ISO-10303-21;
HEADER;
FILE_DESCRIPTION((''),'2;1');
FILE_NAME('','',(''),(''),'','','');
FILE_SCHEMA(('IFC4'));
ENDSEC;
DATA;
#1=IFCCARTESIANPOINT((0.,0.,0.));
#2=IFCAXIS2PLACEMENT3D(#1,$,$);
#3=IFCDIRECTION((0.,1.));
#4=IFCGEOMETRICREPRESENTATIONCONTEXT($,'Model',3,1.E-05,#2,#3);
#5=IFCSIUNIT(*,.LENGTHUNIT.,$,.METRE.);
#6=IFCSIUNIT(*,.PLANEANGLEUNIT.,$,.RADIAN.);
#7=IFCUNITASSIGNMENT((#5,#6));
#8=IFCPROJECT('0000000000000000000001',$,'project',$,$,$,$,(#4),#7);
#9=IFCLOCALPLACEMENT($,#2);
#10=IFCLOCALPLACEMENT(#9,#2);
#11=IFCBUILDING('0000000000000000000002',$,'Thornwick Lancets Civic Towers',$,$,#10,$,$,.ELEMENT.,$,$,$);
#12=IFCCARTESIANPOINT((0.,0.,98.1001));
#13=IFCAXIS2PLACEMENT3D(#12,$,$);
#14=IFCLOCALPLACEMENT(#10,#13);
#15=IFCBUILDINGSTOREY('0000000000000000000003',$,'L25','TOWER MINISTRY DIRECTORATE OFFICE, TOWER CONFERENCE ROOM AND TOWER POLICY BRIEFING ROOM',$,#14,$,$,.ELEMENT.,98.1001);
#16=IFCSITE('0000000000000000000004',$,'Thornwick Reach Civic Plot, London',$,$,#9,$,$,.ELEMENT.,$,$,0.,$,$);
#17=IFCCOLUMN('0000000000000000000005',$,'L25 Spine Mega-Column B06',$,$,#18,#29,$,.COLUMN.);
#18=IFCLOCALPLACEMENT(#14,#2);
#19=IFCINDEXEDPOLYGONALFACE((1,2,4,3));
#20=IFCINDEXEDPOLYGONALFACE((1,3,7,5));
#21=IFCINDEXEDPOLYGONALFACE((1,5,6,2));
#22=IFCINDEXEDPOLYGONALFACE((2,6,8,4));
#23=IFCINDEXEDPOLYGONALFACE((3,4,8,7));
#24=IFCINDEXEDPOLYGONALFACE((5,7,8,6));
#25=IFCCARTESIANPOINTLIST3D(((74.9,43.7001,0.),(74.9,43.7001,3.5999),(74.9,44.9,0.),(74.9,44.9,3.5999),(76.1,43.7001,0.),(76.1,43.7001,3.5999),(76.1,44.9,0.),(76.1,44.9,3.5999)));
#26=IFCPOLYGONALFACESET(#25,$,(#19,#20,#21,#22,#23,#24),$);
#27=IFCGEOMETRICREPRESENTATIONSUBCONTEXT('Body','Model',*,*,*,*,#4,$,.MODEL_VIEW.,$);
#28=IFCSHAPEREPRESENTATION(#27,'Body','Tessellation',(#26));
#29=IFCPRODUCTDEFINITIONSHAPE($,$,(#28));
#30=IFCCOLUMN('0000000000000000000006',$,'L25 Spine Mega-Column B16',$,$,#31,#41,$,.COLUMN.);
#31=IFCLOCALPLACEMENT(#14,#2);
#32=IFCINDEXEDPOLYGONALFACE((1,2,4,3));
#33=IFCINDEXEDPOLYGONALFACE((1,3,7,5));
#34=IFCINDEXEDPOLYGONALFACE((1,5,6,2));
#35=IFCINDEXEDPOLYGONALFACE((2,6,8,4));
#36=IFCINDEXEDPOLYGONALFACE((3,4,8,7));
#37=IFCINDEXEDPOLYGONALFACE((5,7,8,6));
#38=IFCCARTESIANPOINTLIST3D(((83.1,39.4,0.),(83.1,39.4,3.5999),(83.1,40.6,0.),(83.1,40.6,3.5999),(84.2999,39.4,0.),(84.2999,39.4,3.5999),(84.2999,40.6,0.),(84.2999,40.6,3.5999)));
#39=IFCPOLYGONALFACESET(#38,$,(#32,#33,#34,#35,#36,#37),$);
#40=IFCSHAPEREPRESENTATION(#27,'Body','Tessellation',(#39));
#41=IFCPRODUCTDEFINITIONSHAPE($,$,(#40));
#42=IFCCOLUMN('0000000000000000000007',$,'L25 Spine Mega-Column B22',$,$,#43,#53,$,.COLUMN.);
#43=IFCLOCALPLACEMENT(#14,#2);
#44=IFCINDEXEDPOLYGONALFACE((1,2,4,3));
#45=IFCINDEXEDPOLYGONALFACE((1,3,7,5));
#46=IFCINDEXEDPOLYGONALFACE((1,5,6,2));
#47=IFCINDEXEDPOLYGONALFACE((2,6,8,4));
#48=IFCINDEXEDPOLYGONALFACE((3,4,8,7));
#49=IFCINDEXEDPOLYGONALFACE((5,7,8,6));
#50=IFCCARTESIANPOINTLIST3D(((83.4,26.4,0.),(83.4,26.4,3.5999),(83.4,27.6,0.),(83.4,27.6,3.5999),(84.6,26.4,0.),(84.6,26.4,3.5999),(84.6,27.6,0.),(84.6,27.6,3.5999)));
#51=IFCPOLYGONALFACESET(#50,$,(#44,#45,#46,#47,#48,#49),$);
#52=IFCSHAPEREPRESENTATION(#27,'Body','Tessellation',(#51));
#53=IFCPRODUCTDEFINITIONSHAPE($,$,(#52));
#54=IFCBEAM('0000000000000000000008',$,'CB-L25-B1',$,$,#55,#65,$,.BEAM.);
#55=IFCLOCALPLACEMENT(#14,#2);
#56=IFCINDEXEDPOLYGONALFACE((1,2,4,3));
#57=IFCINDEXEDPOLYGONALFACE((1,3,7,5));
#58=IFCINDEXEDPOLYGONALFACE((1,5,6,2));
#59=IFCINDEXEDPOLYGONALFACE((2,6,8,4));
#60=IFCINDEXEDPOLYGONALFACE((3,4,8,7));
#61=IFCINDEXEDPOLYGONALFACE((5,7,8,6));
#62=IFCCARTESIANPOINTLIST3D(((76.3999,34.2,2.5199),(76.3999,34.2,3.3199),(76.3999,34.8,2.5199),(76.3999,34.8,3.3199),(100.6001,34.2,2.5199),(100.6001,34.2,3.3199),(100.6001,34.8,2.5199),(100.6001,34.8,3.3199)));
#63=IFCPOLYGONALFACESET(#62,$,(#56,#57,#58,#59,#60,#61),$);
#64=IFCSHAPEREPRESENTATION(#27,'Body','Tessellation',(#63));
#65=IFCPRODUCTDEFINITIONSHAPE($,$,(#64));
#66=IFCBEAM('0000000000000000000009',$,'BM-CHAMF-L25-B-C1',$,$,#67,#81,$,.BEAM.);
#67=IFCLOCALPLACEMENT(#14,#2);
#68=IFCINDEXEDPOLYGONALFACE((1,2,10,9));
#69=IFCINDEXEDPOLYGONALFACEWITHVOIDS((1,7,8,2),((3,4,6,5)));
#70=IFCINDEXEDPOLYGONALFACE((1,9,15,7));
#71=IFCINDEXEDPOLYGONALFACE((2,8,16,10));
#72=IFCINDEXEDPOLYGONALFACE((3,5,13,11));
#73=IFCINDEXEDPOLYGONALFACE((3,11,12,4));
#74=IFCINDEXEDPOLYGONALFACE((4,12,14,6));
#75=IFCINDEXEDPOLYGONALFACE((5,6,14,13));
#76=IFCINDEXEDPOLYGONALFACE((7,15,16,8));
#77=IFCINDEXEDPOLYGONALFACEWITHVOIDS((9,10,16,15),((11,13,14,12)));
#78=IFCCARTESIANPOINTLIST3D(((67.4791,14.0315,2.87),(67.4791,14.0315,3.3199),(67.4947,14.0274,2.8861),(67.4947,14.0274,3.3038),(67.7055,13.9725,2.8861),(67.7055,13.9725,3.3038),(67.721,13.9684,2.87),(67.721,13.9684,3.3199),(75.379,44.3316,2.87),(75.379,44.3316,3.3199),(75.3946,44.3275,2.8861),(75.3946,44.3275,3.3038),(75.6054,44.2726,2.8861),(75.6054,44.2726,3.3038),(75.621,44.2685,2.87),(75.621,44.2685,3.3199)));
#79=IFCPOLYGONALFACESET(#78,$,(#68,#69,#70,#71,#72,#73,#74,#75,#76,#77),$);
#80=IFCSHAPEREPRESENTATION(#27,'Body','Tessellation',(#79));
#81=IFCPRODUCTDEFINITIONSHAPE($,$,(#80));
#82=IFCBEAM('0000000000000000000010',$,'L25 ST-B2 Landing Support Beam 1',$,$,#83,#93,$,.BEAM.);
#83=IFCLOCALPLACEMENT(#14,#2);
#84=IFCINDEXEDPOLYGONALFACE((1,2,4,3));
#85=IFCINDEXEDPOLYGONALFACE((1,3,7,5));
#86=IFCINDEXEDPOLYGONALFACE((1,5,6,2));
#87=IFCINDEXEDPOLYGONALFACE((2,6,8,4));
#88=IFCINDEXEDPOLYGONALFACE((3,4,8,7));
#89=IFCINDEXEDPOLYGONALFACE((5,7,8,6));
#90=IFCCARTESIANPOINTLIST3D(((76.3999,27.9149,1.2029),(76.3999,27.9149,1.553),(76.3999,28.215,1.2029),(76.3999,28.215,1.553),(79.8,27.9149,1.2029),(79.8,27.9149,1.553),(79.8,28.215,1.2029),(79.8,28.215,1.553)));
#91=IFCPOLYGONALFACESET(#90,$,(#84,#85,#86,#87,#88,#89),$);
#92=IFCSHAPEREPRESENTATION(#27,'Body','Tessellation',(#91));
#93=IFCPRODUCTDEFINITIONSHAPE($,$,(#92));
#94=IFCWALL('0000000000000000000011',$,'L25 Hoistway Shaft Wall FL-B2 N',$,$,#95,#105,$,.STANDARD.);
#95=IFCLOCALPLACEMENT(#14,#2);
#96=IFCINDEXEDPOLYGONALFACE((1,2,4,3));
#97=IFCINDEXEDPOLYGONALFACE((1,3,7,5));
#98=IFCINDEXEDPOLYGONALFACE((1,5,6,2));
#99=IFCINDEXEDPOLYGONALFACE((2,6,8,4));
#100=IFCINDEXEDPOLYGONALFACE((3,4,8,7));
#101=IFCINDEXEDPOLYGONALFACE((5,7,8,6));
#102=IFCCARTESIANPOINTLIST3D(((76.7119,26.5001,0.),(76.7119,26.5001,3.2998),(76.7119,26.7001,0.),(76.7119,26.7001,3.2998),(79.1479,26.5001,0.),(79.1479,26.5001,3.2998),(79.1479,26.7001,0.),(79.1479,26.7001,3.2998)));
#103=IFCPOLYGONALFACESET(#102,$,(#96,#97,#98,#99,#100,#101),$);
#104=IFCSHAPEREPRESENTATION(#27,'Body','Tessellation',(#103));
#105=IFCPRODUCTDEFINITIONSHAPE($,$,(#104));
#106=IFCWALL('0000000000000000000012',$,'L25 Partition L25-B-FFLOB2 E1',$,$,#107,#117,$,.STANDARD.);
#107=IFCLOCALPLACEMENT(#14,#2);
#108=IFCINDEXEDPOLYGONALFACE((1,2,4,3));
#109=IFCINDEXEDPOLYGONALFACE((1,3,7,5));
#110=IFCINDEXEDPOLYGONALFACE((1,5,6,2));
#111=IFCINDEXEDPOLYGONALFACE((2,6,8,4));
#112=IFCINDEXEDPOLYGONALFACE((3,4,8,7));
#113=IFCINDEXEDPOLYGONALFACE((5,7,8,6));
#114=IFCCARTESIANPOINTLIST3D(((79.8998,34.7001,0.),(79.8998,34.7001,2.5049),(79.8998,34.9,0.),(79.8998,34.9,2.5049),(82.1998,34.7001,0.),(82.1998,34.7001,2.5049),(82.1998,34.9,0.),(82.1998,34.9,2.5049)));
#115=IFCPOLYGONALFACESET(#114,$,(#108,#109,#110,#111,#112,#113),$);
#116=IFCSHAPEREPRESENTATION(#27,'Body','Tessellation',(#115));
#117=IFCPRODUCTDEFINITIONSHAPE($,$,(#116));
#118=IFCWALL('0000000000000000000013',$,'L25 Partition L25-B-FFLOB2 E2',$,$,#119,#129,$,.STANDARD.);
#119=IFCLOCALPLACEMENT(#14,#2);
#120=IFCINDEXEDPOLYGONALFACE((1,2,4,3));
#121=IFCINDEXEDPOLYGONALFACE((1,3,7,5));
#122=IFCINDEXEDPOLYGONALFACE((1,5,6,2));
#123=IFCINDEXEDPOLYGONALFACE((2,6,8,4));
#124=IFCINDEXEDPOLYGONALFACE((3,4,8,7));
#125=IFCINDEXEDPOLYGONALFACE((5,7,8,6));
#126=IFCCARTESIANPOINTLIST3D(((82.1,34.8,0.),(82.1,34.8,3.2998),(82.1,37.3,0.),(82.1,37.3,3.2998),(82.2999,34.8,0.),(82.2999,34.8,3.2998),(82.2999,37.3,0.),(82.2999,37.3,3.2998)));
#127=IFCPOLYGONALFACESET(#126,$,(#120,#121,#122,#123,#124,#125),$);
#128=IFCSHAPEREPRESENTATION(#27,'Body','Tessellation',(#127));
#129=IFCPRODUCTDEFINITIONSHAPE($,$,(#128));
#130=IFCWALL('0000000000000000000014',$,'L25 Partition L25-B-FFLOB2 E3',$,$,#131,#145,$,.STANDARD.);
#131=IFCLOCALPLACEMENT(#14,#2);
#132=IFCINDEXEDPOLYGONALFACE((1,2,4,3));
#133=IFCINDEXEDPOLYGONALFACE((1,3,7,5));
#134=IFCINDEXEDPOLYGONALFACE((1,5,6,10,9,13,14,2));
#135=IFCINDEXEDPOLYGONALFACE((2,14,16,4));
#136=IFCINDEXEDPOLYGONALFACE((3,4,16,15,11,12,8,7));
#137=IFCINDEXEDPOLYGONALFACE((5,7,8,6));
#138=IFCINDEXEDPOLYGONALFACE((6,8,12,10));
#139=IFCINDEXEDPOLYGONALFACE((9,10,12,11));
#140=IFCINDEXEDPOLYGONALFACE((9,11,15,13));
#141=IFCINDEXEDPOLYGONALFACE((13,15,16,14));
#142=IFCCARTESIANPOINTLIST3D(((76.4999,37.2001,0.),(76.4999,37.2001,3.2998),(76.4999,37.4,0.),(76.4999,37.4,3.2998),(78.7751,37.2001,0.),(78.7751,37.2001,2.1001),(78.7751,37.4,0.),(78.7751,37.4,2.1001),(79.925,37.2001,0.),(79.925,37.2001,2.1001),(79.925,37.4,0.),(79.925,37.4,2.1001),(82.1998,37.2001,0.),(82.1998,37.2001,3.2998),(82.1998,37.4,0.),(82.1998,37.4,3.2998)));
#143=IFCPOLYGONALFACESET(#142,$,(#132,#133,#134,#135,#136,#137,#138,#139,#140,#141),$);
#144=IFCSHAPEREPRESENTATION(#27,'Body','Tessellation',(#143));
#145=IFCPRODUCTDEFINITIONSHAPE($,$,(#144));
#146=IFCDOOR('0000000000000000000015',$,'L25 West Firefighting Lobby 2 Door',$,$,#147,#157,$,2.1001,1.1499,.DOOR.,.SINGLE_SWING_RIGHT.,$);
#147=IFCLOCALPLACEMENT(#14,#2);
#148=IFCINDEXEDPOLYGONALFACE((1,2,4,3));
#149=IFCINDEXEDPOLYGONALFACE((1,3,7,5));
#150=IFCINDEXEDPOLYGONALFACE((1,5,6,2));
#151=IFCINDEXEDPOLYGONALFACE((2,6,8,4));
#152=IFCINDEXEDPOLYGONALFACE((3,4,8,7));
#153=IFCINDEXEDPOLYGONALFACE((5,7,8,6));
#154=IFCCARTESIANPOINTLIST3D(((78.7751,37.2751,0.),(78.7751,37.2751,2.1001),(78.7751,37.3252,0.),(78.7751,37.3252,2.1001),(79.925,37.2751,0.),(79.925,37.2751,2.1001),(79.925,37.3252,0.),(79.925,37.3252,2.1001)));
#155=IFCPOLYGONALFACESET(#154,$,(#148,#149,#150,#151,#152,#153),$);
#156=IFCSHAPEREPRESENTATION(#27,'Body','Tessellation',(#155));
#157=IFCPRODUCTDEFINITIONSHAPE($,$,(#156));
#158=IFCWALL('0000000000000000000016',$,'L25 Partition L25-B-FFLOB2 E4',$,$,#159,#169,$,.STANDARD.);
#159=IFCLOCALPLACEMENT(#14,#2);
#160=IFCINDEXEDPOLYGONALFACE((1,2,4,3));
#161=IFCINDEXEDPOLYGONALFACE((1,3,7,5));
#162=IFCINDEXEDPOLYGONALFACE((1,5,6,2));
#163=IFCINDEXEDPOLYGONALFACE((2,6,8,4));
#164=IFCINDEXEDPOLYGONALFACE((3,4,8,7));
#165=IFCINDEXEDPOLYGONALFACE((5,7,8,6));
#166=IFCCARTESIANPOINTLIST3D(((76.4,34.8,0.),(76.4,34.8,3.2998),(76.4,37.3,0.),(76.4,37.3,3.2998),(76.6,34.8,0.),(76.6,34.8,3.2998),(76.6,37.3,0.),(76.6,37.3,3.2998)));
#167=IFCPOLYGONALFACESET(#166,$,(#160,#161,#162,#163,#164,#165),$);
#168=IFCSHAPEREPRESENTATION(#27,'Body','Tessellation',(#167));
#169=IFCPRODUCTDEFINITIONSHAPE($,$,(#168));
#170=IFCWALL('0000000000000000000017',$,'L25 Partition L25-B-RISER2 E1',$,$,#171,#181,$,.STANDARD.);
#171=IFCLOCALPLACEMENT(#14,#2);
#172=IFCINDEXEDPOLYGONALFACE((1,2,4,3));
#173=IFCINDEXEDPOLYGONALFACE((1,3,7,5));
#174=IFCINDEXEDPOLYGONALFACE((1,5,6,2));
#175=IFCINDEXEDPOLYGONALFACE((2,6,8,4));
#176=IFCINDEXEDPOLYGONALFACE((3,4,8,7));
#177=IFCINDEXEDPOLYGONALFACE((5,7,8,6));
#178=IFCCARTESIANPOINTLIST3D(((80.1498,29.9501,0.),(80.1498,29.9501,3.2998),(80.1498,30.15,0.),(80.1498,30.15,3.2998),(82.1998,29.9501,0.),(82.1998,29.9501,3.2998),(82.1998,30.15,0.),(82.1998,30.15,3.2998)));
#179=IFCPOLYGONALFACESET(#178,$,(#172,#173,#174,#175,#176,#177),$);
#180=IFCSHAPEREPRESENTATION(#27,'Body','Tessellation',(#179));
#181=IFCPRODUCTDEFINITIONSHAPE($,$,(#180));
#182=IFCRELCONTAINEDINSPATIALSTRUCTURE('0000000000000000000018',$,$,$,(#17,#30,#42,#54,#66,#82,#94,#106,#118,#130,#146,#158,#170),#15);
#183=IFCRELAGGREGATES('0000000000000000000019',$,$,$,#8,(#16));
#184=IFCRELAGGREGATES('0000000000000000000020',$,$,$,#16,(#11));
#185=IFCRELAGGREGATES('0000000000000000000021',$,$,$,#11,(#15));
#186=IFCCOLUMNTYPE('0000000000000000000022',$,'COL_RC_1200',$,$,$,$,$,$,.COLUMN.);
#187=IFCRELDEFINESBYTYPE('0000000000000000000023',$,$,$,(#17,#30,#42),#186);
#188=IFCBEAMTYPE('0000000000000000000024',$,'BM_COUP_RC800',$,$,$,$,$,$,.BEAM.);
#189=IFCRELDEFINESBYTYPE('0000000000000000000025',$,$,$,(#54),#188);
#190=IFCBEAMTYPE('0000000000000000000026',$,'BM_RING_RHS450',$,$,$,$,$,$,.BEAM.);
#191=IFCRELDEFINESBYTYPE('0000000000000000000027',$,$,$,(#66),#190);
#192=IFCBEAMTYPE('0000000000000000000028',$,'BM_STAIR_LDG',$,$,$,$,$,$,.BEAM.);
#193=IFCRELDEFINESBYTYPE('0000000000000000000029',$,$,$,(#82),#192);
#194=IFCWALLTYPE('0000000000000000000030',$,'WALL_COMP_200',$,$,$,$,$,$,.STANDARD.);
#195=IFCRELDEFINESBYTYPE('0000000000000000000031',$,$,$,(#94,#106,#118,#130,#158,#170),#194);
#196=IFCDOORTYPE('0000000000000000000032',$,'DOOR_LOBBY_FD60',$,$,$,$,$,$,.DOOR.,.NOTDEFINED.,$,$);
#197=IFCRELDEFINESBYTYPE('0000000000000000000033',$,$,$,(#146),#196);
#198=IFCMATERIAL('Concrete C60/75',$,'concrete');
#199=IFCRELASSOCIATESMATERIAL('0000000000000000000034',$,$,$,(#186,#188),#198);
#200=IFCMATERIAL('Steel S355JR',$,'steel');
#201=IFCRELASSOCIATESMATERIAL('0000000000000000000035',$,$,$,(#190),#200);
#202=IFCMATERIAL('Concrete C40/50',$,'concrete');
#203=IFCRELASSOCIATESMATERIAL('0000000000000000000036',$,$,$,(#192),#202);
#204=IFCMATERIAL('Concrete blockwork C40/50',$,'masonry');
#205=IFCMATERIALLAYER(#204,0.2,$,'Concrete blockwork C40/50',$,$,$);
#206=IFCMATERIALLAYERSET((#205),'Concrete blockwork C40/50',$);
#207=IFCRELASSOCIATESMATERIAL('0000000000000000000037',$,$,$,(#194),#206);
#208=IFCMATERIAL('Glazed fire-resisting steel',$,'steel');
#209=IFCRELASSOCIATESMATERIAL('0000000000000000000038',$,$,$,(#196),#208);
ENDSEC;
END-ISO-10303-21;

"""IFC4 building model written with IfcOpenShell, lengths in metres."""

from ifc_helpers import new_model, si_unit, direction, frame, frame_2d, origin, origin_2d, place, context, subcontext, project, spatial, rectangle, hollow_rectangle, extrude, material, layer, layer_set, material_profile, profile_set, type_object, element, fill, save


model = new_model("IFC4")

# Units and contexts
model_context = context("Model", 3, precision=1e-05, world=origin(), true_north=direction((0.0, 1.0)))
body_context = subcontext(model_context, "Body", "Model", "MODEL_VIEW")
ifc_project = project(units=[si_unit("LENGTHUNIT", "METRE"), si_unit("PLANEANGLEUNIT", "RADIAN")], contexts=[model_context])

# Site, building, storey
site_placement = place(None, origin())
site = spatial("IfcSite", under=ifc_project, at=site_placement, Name="Thornwick Reach Civic Plot, London", CompositionType="ELEMENT", RefElevation=0.0)
building_placement = place(site_placement, origin())
building = spatial("IfcBuilding", under=site, at=building_placement, Name="Thornwick Lancets Civic Towers", CompositionType="ELEMENT")
storey_placement = place(building_placement, frame((0.0, 0.0, 98.1001)))
storey = spatial("IfcBuildingStorey", under=building, at=storey_placement, Name="L25", Description="TOWER MINISTRY DIRECTORATE OFFICE, TOWER CONFERENCE ROOM AND TOWER POLICY BRIEFING ROOM", CompositionType="ELEMENT", Elevation=98.1001)

# Columns
ifc_material_1 = material(Name="Concrete C60/75", Category="concrete")
ifc_material_profile_1 = material_profile(ifc_material_1, rectangle(XDim=1.2, YDim=1.2, at=origin_2d()), Name="RC 1200x1200")
ifc_profile_set_1 = profile_set([ifc_material_profile_1], Name="Concrete C60/75")
column_type = type_object("IfcColumnType", Name="COL_RC_1200", PredefinedType="COLUMN", material=ifc_profile_set_1)
for number, where, z_axis, x_axis, name in (
    (1, (75.5, 44.3, 0.0), (0.0, 0.0, 1.0), (1.0, 0.0, 0.0), "L25 Spine Mega-Column B06"),
    (2, (83.7, 40.0, 0.0), (0.0, 0.0, 1.0), (1.0, 0.0, 0.0), "L25 Spine Mega-Column B16"),
    (3, (84.0, 27.0, 0.0), (0.0, 0.0, 1.0), (1.0, 0.0, 0.0), "L25 Spine Mega-Column B22"),
):
    element("IfcColumn", number, at=place(storey_placement, frame(where, z_axis=z_axis, x_axis=x_axis)), inside=storey, type_object=column_type, Name=name, PredefinedType="COLUMN", context=body_context, shape_type="SweptSolid", body=[
        extrude(rectangle(XDim=1.2, YDim=1.2, at=origin_2d()), origin(), (0.0, 0.0, 1.0), 3.5999),
    ])

# Beams
ifc_material_profile_2 = material_profile(ifc_material_1, rectangle(XDim=0.6001, YDim=0.8, at=origin_2d()), Name="RC 600x800")
ifc_profile_set_2 = profile_set([ifc_material_profile_2], Name="Concrete C60/75")
beam_type_1 = type_object("IfcBeamType", Name="BM_COUP_RC800", PredefinedType="BEAM", material=ifc_profile_set_2)
beam_1_placement = place(storey_placement, frame((76.3999, 34.5, 2.9199), z_axis=(1.0, 0.0, 0.0), x_axis=(0.0, 1.0, 0.0)))
element("IfcBeam", 4, at=beam_1_placement, inside=storey, type_object=beam_type_1, Name="CB-L25-B1", PredefinedType="BEAM", context=body_context, shape_type="SweptSolid", body=[
    extrude(rectangle(XDim=0.6001, YDim=0.8, at=origin_2d()), origin(), (0.0, 0.0, 1.0), 24.2002),
])
ifc_material_2 = material(Name="Steel S355JR", Category="steel")
ifc_material_profile_3 = material_profile(ifc_material_2, hollow_rectangle(XDim=0.25, YDim=0.45, WallThickness=0.0161, at=origin_2d()), Name="RHS 450x250x16")
ifc_profile_set_3 = profile_set([ifc_material_profile_3], Name="Steel S355JR")
beam_type_2 = type_object("IfcBeamType", Name="BM_RING_RHS450", PredefinedType="BEAM", material=ifc_profile_set_3)
beam_2_placement = place(storey_placement, frame((75.5, 44.3, 3.095), z_axis=(-0.252289, -0.967652, 0.0), x_axis=(0.967652, -0.252289, 0.0)))
element("IfcBeam", 5, at=beam_2_placement, inside=storey, type_object=beam_type_2, Name="BM-CHAMF-L25-B-C1", PredefinedType="BEAM", context=body_context, shape_type="SweptSolid", body=[
    extrude(hollow_rectangle(XDim=0.25, YDim=0.45, WallThickness=0.0161, at=origin_2d()), origin(), (0.0, 0.0, 1.0), 31.313),
])
ifc_material_3 = material(Name="Concrete C40/50", Category="concrete")
ifc_material_profile_4 = material_profile(ifc_material_3, rectangle(XDim=0.3, YDim=0.3501, at=origin_2d()), Name="RC 300x350")
ifc_profile_set_4 = profile_set([ifc_material_profile_4], Name="Concrete C40/50")
beam_type_3 = type_object("IfcBeamType", Name="BM_STAIR_LDG", PredefinedType="BEAM", material=ifc_profile_set_4)
beam_3_placement = place(storey_placement, frame((76.3999, 28.0649, 1.3779), z_axis=(1.0, 0.0, 0.0), x_axis=(0.0, 1.0, 0.0)))
element("IfcBeam", 6, at=beam_3_placement, inside=storey, type_object=beam_type_3, Name="L25 ST-B2 Landing Support Beam 1", PredefinedType="BEAM", context=body_context, shape_type="SweptSolid", body=[
    extrude(rectangle(XDim=0.3, YDim=0.3501, at=origin_2d()), origin(), (0.0, 0.0, 1.0), 3.4001),
])

# Walls
ifc_material_4 = material(Name="Concrete blockwork C40/50", Category="masonry")
ifc_layer_1 = layer(ifc_material_4, 0.2, Name="Concrete blockwork C40/50")
ifc_layer_set_1 = layer_set([ifc_layer_1], Name="Concrete blockwork C40/50")
wall_type_1 = type_object("IfcWallType", Name="WALL_COMP_200", PredefinedType="STANDARD", material=ifc_layer_set_1)
wall_1_placement = place(storey_placement, frame((76.7119, 26.6001, 0.0), z_axis=(0.0, 0.0, 1.0), x_axis=(1.0, 0.0, 0.0)))
element("IfcWall", 7, at=wall_1_placement, inside=storey, type_object=wall_type_1, Name="L25 Hoistway Shaft Wall FL-B2 N", PredefinedType="STANDARD", context=body_context, shape_type="SweptSolid", body=[
    extrude(rectangle(XDim=2.436, YDim=0.2, at=frame_2d((1.218, 0.0))), origin(), (0.0, 0.0, 1.0), 3.2998),
])
wall_2_placement = place(storey_placement, frame((79.8999, 34.8, 0.0), z_axis=(0.0, 0.0, 1.0), x_axis=(1.0, 0.0, 0.0)))
element("IfcWall", 8, at=wall_2_placement, inside=storey, type_object=wall_type_1, Name="L25 Partition L25-B-FFLOB2 E1", PredefinedType="STANDARD", context=body_context, shape_type="SweptSolid", body=[
    extrude(rectangle(XDim=2.3, YDim=0.2, at=frame_2d((1.1499, 0.0))), origin(), (0.0, 0.0, 1.0), 2.5049),
])
wall_3_placement = place(storey_placement, frame((82.2, 34.8, 0.0), z_axis=(0.0, 0.0, 1.0), x_axis=(0.0, 1.0, 0.0)))
element("IfcWall", 9, at=wall_3_placement, inside=storey, type_object=wall_type_1, Name="L25 Partition L25-B-FFLOB2 E2", PredefinedType="STANDARD", context=body_context, shape_type="SweptSolid", body=[
    extrude(rectangle(XDim=2.5, YDim=0.2, at=frame_2d((1.25, 0.0))), origin(), (0.0, 0.0, 1.0), 3.2998),
])

# Wall, opening, door
wall_4_placement = place(storey_placement, frame((82.2, 37.3, 0.0), z_axis=(0.0, 0.0, 1.0), x_axis=(-1.0, 0.0, 0.0)))
wall_4 = element("IfcWall", 10, at=wall_4_placement, inside=storey, type_object=wall_type_1, Name="L25 Partition L25-B-FFLOB2 E3", PredefinedType="STANDARD", context=body_context, shape_type="SweptSolid", body=[
    extrude(rectangle(XDim=5.7, YDim=0.2, at=frame_2d((2.8501, 0.0))), origin(), (0.0, 0.0, 1.0), 3.2998),
])
opening_1_placement = place(wall_4_placement, frame((2.2749, 0.0, 0.0)))
opening_1 = element("IfcOpeningElement", 11, at=opening_1_placement, cuts=wall_4, PredefinedType="OPENING", context=body_context, shape_type="SweptSolid", body=[
    extrude(rectangle(XDim=1.1499, YDim=2.1001, at=frame_2d((0.575, 1.05))), frame((0.0, 0.1099, 0.0), z_axis=(0.0, -1.0, 0.0), x_axis=(1.0, 0.0, 0.0)), (0.0, 0.0, 1.0), 0.22),
])
ifc_material_5 = material(Name="Glazed fire-resisting steel", Category="steel")
door_type_1 = type_object("IfcDoorType", Name="DOOR_LOBBY_FD60", OperationType="NOTDEFINED", PredefinedType="DOOR", material=ifc_material_5)
door_1_placement = place(opening_1_placement, origin())
door_1 = element("IfcDoor", 12, at=door_1_placement, inside=storey, type_object=door_type_1, Name="L25 West Firefighting Lobby 2 Door", OperationType="SINGLE_SWING_RIGHT", OverallHeight=2.1001, OverallWidth=1.1499, PredefinedType="DOOR", context=body_context, shape_type="SweptSolid", body=[
    extrude(rectangle(XDim=1.1499, YDim=2.1001, at=frame_2d((0.575, 1.05))), frame((0.0, 0.0249, 0.0), z_axis=(0.0, -1.0, 0.0), x_axis=(1.0, 0.0, 0.0)), (0.0, 0.0, 1.0), 0.05),
])
fill(opening_1, door_1)

# Walls
wall_5_placement = place(storey_placement, frame((76.5, 37.3, 0.0), z_axis=(0.0, 0.0, 1.0), x_axis=(0.0, -1.0, 0.0)))
element("IfcWall", 13, at=wall_5_placement, inside=storey, type_object=wall_type_1, Name="L25 Partition L25-B-FFLOB2 E4", PredefinedType="STANDARD", context=body_context, shape_type="SweptSolid", body=[
    extrude(rectangle(XDim=2.5, YDim=0.2, at=frame_2d((1.25, 0.0))), origin(), (0.0, 0.0, 1.0), 3.2998),
])
wall_6_placement = place(storey_placement, frame((80.1499, 30.05, 0.0), z_axis=(0.0, 0.0, 1.0), x_axis=(1.0, 0.0, 0.0)))
element("IfcWall", 14, at=wall_6_placement, inside=storey, type_object=wall_type_1, Name="L25 Partition L25-B-RISER2 E1", PredefinedType="STANDARD", context=body_context, shape_type="SweptSolid", body=[
    extrude(rectangle(XDim=2.05, YDim=0.2, at=frame_2d((1.0249, 0.0))), origin(), (0.0, 0.0, 1.0), 3.2998),
])

save(model, "model.ifc")
